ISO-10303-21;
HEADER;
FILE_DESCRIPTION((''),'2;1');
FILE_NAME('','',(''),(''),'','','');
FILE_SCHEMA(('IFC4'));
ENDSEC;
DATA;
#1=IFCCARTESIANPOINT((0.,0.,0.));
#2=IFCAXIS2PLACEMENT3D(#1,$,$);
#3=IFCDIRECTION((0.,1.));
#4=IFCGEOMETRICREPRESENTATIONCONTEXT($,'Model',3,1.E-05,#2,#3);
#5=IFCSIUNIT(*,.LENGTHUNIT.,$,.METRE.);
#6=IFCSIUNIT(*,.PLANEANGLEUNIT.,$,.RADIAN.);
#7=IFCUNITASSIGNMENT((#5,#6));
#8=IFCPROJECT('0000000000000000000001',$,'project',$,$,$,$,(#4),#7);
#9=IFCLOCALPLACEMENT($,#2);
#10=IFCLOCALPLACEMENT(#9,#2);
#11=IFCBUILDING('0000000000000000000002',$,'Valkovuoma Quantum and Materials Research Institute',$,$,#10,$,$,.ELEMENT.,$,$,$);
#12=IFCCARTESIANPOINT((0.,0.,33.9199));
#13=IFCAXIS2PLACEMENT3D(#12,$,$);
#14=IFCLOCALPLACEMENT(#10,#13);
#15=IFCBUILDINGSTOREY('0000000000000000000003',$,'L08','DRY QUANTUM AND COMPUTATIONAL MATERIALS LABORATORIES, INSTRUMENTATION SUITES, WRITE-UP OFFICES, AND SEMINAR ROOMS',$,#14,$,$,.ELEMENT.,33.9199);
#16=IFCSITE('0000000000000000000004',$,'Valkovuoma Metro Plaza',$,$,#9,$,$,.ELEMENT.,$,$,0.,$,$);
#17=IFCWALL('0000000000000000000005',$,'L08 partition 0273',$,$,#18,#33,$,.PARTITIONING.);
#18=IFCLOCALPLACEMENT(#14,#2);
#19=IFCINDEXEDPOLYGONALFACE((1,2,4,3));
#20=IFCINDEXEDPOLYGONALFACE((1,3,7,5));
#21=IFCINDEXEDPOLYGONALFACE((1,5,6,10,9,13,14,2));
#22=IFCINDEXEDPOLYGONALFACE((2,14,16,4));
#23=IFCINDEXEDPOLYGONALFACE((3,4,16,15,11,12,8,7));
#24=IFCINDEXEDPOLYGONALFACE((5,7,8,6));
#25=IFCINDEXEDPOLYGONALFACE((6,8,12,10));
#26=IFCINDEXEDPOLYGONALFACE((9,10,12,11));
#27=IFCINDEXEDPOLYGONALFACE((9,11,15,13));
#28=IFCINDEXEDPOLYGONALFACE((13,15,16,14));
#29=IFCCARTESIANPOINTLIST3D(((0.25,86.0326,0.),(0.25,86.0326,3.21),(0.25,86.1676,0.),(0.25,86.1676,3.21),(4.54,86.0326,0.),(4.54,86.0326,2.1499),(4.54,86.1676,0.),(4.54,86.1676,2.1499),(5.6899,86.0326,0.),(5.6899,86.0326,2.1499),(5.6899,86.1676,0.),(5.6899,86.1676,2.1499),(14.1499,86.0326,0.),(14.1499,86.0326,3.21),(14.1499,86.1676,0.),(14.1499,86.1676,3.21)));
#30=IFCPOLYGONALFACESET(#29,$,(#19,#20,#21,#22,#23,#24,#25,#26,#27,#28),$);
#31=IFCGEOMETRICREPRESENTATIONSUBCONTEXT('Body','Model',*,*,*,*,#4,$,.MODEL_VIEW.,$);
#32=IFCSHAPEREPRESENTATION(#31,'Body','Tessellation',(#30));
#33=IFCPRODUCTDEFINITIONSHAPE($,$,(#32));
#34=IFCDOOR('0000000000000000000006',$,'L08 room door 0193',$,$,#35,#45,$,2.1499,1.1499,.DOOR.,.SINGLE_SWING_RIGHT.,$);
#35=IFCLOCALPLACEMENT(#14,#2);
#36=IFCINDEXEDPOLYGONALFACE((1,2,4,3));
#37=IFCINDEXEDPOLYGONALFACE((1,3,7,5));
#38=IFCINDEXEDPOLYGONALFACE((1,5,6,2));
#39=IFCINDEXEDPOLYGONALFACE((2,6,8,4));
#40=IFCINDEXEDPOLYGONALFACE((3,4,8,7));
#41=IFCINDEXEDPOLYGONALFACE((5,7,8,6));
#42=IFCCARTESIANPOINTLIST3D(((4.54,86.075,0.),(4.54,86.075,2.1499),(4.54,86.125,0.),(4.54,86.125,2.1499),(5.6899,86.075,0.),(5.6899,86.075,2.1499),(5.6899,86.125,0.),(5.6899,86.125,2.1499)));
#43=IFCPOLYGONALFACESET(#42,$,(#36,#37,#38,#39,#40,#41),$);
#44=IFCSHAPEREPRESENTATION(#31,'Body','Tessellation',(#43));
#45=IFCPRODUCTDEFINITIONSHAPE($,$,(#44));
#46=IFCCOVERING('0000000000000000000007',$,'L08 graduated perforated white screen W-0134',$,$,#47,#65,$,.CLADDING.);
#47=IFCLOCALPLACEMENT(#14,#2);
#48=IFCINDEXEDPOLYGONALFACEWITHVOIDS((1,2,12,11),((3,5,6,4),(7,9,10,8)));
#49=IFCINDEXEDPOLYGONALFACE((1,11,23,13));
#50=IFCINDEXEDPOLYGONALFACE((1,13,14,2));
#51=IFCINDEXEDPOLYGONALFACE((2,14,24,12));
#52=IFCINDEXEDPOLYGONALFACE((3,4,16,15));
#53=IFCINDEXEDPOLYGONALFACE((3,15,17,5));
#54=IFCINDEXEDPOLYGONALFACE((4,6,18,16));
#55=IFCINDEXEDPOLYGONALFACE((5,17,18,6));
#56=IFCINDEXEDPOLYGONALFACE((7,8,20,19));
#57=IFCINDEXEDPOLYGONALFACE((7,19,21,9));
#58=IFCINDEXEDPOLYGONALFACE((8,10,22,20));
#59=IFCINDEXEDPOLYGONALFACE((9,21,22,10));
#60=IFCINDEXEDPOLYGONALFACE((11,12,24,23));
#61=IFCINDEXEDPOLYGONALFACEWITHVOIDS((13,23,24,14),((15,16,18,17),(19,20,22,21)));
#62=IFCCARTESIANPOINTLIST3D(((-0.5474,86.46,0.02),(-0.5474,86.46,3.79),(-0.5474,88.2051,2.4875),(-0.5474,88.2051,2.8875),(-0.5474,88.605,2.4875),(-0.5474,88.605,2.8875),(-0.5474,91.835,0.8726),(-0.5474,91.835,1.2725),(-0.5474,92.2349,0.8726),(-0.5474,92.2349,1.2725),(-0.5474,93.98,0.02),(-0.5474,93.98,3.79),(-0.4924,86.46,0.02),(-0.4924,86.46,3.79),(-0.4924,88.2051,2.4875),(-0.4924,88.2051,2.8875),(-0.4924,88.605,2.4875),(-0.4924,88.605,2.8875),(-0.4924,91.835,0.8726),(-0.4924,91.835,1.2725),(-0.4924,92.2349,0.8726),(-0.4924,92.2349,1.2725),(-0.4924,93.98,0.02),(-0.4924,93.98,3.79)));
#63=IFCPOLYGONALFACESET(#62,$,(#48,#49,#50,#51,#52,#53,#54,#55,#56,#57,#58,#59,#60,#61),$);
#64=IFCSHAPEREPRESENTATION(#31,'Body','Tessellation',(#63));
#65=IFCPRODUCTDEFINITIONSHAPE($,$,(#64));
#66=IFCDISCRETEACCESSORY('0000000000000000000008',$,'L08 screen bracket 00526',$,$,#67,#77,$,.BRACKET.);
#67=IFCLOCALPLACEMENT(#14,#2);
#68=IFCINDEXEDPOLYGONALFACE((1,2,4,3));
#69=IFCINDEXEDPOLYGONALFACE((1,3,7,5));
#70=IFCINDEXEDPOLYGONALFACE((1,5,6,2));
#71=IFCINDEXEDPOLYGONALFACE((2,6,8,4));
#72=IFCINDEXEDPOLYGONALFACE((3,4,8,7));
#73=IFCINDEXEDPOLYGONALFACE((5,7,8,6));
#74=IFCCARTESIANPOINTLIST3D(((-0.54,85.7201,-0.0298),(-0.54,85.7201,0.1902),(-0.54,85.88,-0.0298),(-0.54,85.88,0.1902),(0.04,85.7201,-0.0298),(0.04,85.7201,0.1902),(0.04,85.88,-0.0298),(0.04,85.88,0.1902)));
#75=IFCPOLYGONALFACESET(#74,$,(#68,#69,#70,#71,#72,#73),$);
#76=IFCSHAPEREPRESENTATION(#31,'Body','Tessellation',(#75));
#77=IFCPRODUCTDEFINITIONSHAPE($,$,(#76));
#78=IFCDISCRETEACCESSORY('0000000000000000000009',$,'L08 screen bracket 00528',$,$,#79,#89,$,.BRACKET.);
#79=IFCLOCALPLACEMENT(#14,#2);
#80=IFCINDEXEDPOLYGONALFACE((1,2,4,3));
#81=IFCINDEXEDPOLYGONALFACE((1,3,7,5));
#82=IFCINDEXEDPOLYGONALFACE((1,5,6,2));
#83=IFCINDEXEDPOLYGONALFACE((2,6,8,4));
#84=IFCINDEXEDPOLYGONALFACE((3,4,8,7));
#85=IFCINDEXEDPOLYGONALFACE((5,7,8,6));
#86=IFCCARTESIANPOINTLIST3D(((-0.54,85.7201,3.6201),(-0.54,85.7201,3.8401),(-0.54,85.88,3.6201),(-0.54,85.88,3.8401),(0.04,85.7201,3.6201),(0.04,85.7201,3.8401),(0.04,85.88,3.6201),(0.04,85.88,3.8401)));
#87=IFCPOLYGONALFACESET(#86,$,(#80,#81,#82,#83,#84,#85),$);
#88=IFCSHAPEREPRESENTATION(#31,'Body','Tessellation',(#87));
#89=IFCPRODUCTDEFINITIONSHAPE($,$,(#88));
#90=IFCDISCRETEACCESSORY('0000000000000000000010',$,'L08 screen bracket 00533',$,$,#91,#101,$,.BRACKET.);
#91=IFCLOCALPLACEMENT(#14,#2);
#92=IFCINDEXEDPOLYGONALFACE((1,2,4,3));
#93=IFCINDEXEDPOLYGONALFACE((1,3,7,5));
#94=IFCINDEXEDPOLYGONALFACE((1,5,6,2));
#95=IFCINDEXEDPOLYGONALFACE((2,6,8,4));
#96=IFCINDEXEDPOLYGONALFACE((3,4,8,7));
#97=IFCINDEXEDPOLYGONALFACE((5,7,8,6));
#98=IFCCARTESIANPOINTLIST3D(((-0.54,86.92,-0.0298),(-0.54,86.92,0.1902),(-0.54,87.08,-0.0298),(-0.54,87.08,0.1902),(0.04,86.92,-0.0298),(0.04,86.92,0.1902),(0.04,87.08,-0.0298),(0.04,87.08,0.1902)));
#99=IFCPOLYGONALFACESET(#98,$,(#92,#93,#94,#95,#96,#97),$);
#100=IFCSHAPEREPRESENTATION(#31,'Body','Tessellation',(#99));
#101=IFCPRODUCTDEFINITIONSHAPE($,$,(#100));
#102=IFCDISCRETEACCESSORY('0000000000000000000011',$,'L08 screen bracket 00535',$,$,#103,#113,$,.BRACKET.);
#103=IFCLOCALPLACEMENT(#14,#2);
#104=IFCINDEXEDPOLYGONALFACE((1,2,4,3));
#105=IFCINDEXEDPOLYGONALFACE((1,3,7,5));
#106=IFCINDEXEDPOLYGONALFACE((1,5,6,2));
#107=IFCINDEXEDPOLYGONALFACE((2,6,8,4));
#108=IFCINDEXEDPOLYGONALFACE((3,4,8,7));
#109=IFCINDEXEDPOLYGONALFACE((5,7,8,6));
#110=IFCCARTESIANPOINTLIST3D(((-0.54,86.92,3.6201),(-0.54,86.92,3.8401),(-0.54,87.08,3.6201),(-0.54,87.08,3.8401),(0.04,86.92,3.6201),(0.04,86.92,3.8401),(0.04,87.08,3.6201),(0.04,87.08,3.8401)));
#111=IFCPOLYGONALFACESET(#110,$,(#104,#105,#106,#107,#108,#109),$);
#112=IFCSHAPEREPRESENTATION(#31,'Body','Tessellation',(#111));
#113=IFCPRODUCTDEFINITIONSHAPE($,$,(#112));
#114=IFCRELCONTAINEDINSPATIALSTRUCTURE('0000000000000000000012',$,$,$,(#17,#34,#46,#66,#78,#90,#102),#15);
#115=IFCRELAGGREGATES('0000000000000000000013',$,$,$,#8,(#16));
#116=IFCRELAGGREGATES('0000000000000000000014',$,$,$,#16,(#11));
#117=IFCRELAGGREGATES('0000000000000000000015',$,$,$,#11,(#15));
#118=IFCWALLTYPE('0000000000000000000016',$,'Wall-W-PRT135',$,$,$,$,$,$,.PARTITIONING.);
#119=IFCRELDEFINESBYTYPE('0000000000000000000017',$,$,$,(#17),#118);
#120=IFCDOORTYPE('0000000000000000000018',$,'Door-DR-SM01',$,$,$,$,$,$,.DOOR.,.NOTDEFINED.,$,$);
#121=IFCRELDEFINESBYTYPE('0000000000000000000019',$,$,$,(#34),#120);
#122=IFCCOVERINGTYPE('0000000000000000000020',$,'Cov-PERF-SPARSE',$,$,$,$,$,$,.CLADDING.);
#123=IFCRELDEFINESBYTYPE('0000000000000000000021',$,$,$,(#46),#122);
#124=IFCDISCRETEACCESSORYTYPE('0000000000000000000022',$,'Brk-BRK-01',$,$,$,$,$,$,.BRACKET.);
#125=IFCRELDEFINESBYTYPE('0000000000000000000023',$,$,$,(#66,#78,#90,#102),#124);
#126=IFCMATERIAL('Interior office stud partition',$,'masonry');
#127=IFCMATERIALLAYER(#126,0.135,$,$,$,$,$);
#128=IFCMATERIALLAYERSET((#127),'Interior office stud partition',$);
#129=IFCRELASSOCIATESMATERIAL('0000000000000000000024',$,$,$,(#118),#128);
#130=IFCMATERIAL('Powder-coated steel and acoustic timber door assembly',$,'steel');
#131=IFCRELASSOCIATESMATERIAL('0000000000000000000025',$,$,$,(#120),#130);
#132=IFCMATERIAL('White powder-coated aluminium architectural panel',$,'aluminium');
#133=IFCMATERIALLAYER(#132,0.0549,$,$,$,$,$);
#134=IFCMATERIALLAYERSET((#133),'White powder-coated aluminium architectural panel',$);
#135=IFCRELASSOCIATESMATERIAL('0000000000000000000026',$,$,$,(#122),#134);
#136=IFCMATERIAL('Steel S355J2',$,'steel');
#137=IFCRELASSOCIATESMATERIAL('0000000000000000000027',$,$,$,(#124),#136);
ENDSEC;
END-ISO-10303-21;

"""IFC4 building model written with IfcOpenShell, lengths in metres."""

from ifc_helpers import new_model, si_unit, direction, frame, frame_2d, origin, origin_2d, place, context, subcontext, project, spatial, polyline, rectangle, outline, extrude, material, layer, layer_set, type_object, element, fill, save


model = new_model("IFC4")

# Units and contexts
model_context = context("Model", 3, precision=1e-05, world=origin(), true_north=direction((0.0, 1.0)))
body_context = subcontext(model_context, "Body", "Model", "MODEL_VIEW")
ifc_project = project(units=[si_unit("LENGTHUNIT", "METRE"), si_unit("PLANEANGLEUNIT", "RADIAN")], contexts=[model_context])

# Site, building, storey
site_placement = place(None, origin())
site = spatial("IfcSite", under=ifc_project, at=site_placement, Name="Valkovuoma Metro Plaza", CompositionType="ELEMENT", RefElevation=0.0)
building_placement = place(site_placement, origin())
building = spatial("IfcBuilding", under=site, at=building_placement, Name="Valkovuoma Quantum and Materials Research Institute", CompositionType="ELEMENT")
storey_placement = place(building_placement, frame((0.0, 0.0, 33.9199)))
storey = spatial("IfcBuildingStorey", under=building, at=storey_placement, Name="L08", Description="DRY QUANTUM AND COMPUTATIONAL MATERIALS LABORATORIES, INSTRUMENTATION SUITES, WRITE-UP OFFICES, AND SEMINAR ROOMS", CompositionType="ELEMENT", Elevation=33.9199)

# Wall, opening, door
ifc_material_1 = material(Name="Interior office stud partition", Category="masonry")
ifc_layer_1 = layer(ifc_material_1, 0.135)
ifc_layer_set_1 = layer_set([ifc_layer_1], Name="Interior office stud partition")
wall_type = type_object("IfcWallType", Name="Wall-W-PRT135", PredefinedType="PARTITIONING", material=ifc_layer_set_1)
wall_placement = place(storey_placement, frame((0.25, 86.1001, 0.0), z_axis=(0.0, 0.0, 1.0), x_axis=(1.0, 0.0, 0.0)))
wall = element("IfcWall", 1, at=wall_placement, inside=storey, type_object=wall_type, Name="L08 partition 0273", PredefinedType="PARTITIONING", context=body_context, shape_type="SweptSolid", body=[
    extrude(rectangle(XDim=13.8999, YDim=0.135, at=frame_2d((6.95, 0.0))), origin(), (0.0, 0.0, 1.0), 3.21),
])
opening_placement = place(wall_placement, frame((4.29, 0.0, 0.0)))
opening = element("IfcOpeningElement", 2, at=opening_placement, cuts=wall, PredefinedType="OPENING", context=body_context, shape_type="SweptSolid", body=[
    extrude(rectangle(XDim=1.1499, YDim=2.1499, at=frame_2d((0.575, 1.075))), frame((0.0, 0.0776, 0.0), z_axis=(0.0, -1.0, 0.0), x_axis=(1.0, 0.0, 0.0)), (0.0, 0.0, 1.0), 0.155),
])
ifc_material_2 = material(Name="Powder-coated steel and acoustic timber door assembly", Category="steel")
door_type = type_object("IfcDoorType", Name="Door-DR-SM01", OperationType="NOTDEFINED", PredefinedType="DOOR", material=ifc_material_2)
door_placement = place(opening_placement, origin())
door = element("IfcDoor", 3, at=door_placement, inside=storey, type_object=door_type, Name="L08 room door 0193", OperationType="SINGLE_SWING_RIGHT", OverallHeight=2.1499, OverallWidth=1.1499, PredefinedType="DOOR", context=body_context, shape_type="SweptSolid", body=[
    extrude(rectangle(XDim=1.1499, YDim=2.1499, at=frame_2d((0.575, 1.075))), frame((0.0, 0.0249, 0.0), z_axis=(0.0, -1.0, 0.0), x_axis=(1.0, 0.0, 0.0)), (0.0, 0.0, 1.0), 0.05),
])
fill(opening, door)

# Covering
ifc_material_3 = material(Name="White powder-coated aluminium architectural panel", Category="aluminium")
ifc_layer_2 = layer(ifc_material_3, 0.0549)
ifc_layer_set_2 = layer_set([ifc_layer_2], Name="White powder-coated aluminium architectural panel")
covering_type = type_object("IfcCoveringType", Name="Cov-PERF-SPARSE", PredefinedType="CLADDING", material=ifc_layer_set_2)
covering_placement = place(storey_placement, frame((-0.52, 86.46, 0.02), z_axis=(0.0, 0.0, 1.0), x_axis=(0.0, 1.0, 0.0)))
element("IfcCovering", 4, at=covering_placement, inside=storey, type_object=covering_type, Name="L08 graduated perforated white screen W-0134", PredefinedType="CLADDING", context=body_context, shape_type="SweptSolid", body=[
    extrude(outline(polyline([(0.0, 0.0), (7.52, 0.0), (7.52, 3.77), (0.0, 3.77), (0.0, 0.0)]), holes=[polyline([(1.7451, 2.4675), (1.7451, 2.8674), (2.145, 2.8674), (2.145, 2.4675), (1.7451, 2.4675)]), polyline([(5.375, 0.8525), (5.375, 1.2524), (5.7749, 1.2524), (5.7749, 0.8525), (5.375, 0.8525)])]), frame((0.0, 0.0273, 0.0), z_axis=(0.0, -1.0, 0.0), x_axis=(1.0, 0.0, 0.0)), (0.0, 0.0, 1.0), 0.0549),
])

# Discrete accessories
ifc_material_4 = material(Name="Steel S355J2", Category="steel")
discrete_accessory_type = type_object("IfcDiscreteAccessoryType", Name="Brk-BRK-01", PredefinedType="BRACKET", material=ifc_material_4)
for number, where, z_axis, x_axis, name in (
    (5, (-0.25, 85.8, -0.0298), (0.0, 0.0, 1.0), (1.0, 0.0, 0.0), "L08 screen bracket 00526"),
    (6, (-0.25, 85.8, 3.6201), (0.0, 0.0, 1.0), (1.0, 0.0, 0.0), "L08 screen bracket 00528"),
    (7, (-0.25, 87.0, -0.0298), (0.0, 0.0, 1.0), (1.0, 0.0, 0.0), "L08 screen bracket 00533"),
    (8, (-0.25, 87.0, 3.6201), (0.0, 0.0, 1.0), (1.0, 0.0, 0.0), "L08 screen bracket 00535"),
):
    element("IfcDiscreteAccessory", number, at=place(storey_placement, frame(where, z_axis=z_axis, x_axis=x_axis)), inside=storey, type_object=discrete_accessory_type, Name=name, PredefinedType="BRACKET", context=body_context, shape_type="SweptSolid", body=[
        extrude(rectangle(XDim=0.5801, YDim=0.1599, at=origin_2d()), origin(), (0.0, 0.0, 1.0), 0.22),
    ])

save(model, "model.ifc")
